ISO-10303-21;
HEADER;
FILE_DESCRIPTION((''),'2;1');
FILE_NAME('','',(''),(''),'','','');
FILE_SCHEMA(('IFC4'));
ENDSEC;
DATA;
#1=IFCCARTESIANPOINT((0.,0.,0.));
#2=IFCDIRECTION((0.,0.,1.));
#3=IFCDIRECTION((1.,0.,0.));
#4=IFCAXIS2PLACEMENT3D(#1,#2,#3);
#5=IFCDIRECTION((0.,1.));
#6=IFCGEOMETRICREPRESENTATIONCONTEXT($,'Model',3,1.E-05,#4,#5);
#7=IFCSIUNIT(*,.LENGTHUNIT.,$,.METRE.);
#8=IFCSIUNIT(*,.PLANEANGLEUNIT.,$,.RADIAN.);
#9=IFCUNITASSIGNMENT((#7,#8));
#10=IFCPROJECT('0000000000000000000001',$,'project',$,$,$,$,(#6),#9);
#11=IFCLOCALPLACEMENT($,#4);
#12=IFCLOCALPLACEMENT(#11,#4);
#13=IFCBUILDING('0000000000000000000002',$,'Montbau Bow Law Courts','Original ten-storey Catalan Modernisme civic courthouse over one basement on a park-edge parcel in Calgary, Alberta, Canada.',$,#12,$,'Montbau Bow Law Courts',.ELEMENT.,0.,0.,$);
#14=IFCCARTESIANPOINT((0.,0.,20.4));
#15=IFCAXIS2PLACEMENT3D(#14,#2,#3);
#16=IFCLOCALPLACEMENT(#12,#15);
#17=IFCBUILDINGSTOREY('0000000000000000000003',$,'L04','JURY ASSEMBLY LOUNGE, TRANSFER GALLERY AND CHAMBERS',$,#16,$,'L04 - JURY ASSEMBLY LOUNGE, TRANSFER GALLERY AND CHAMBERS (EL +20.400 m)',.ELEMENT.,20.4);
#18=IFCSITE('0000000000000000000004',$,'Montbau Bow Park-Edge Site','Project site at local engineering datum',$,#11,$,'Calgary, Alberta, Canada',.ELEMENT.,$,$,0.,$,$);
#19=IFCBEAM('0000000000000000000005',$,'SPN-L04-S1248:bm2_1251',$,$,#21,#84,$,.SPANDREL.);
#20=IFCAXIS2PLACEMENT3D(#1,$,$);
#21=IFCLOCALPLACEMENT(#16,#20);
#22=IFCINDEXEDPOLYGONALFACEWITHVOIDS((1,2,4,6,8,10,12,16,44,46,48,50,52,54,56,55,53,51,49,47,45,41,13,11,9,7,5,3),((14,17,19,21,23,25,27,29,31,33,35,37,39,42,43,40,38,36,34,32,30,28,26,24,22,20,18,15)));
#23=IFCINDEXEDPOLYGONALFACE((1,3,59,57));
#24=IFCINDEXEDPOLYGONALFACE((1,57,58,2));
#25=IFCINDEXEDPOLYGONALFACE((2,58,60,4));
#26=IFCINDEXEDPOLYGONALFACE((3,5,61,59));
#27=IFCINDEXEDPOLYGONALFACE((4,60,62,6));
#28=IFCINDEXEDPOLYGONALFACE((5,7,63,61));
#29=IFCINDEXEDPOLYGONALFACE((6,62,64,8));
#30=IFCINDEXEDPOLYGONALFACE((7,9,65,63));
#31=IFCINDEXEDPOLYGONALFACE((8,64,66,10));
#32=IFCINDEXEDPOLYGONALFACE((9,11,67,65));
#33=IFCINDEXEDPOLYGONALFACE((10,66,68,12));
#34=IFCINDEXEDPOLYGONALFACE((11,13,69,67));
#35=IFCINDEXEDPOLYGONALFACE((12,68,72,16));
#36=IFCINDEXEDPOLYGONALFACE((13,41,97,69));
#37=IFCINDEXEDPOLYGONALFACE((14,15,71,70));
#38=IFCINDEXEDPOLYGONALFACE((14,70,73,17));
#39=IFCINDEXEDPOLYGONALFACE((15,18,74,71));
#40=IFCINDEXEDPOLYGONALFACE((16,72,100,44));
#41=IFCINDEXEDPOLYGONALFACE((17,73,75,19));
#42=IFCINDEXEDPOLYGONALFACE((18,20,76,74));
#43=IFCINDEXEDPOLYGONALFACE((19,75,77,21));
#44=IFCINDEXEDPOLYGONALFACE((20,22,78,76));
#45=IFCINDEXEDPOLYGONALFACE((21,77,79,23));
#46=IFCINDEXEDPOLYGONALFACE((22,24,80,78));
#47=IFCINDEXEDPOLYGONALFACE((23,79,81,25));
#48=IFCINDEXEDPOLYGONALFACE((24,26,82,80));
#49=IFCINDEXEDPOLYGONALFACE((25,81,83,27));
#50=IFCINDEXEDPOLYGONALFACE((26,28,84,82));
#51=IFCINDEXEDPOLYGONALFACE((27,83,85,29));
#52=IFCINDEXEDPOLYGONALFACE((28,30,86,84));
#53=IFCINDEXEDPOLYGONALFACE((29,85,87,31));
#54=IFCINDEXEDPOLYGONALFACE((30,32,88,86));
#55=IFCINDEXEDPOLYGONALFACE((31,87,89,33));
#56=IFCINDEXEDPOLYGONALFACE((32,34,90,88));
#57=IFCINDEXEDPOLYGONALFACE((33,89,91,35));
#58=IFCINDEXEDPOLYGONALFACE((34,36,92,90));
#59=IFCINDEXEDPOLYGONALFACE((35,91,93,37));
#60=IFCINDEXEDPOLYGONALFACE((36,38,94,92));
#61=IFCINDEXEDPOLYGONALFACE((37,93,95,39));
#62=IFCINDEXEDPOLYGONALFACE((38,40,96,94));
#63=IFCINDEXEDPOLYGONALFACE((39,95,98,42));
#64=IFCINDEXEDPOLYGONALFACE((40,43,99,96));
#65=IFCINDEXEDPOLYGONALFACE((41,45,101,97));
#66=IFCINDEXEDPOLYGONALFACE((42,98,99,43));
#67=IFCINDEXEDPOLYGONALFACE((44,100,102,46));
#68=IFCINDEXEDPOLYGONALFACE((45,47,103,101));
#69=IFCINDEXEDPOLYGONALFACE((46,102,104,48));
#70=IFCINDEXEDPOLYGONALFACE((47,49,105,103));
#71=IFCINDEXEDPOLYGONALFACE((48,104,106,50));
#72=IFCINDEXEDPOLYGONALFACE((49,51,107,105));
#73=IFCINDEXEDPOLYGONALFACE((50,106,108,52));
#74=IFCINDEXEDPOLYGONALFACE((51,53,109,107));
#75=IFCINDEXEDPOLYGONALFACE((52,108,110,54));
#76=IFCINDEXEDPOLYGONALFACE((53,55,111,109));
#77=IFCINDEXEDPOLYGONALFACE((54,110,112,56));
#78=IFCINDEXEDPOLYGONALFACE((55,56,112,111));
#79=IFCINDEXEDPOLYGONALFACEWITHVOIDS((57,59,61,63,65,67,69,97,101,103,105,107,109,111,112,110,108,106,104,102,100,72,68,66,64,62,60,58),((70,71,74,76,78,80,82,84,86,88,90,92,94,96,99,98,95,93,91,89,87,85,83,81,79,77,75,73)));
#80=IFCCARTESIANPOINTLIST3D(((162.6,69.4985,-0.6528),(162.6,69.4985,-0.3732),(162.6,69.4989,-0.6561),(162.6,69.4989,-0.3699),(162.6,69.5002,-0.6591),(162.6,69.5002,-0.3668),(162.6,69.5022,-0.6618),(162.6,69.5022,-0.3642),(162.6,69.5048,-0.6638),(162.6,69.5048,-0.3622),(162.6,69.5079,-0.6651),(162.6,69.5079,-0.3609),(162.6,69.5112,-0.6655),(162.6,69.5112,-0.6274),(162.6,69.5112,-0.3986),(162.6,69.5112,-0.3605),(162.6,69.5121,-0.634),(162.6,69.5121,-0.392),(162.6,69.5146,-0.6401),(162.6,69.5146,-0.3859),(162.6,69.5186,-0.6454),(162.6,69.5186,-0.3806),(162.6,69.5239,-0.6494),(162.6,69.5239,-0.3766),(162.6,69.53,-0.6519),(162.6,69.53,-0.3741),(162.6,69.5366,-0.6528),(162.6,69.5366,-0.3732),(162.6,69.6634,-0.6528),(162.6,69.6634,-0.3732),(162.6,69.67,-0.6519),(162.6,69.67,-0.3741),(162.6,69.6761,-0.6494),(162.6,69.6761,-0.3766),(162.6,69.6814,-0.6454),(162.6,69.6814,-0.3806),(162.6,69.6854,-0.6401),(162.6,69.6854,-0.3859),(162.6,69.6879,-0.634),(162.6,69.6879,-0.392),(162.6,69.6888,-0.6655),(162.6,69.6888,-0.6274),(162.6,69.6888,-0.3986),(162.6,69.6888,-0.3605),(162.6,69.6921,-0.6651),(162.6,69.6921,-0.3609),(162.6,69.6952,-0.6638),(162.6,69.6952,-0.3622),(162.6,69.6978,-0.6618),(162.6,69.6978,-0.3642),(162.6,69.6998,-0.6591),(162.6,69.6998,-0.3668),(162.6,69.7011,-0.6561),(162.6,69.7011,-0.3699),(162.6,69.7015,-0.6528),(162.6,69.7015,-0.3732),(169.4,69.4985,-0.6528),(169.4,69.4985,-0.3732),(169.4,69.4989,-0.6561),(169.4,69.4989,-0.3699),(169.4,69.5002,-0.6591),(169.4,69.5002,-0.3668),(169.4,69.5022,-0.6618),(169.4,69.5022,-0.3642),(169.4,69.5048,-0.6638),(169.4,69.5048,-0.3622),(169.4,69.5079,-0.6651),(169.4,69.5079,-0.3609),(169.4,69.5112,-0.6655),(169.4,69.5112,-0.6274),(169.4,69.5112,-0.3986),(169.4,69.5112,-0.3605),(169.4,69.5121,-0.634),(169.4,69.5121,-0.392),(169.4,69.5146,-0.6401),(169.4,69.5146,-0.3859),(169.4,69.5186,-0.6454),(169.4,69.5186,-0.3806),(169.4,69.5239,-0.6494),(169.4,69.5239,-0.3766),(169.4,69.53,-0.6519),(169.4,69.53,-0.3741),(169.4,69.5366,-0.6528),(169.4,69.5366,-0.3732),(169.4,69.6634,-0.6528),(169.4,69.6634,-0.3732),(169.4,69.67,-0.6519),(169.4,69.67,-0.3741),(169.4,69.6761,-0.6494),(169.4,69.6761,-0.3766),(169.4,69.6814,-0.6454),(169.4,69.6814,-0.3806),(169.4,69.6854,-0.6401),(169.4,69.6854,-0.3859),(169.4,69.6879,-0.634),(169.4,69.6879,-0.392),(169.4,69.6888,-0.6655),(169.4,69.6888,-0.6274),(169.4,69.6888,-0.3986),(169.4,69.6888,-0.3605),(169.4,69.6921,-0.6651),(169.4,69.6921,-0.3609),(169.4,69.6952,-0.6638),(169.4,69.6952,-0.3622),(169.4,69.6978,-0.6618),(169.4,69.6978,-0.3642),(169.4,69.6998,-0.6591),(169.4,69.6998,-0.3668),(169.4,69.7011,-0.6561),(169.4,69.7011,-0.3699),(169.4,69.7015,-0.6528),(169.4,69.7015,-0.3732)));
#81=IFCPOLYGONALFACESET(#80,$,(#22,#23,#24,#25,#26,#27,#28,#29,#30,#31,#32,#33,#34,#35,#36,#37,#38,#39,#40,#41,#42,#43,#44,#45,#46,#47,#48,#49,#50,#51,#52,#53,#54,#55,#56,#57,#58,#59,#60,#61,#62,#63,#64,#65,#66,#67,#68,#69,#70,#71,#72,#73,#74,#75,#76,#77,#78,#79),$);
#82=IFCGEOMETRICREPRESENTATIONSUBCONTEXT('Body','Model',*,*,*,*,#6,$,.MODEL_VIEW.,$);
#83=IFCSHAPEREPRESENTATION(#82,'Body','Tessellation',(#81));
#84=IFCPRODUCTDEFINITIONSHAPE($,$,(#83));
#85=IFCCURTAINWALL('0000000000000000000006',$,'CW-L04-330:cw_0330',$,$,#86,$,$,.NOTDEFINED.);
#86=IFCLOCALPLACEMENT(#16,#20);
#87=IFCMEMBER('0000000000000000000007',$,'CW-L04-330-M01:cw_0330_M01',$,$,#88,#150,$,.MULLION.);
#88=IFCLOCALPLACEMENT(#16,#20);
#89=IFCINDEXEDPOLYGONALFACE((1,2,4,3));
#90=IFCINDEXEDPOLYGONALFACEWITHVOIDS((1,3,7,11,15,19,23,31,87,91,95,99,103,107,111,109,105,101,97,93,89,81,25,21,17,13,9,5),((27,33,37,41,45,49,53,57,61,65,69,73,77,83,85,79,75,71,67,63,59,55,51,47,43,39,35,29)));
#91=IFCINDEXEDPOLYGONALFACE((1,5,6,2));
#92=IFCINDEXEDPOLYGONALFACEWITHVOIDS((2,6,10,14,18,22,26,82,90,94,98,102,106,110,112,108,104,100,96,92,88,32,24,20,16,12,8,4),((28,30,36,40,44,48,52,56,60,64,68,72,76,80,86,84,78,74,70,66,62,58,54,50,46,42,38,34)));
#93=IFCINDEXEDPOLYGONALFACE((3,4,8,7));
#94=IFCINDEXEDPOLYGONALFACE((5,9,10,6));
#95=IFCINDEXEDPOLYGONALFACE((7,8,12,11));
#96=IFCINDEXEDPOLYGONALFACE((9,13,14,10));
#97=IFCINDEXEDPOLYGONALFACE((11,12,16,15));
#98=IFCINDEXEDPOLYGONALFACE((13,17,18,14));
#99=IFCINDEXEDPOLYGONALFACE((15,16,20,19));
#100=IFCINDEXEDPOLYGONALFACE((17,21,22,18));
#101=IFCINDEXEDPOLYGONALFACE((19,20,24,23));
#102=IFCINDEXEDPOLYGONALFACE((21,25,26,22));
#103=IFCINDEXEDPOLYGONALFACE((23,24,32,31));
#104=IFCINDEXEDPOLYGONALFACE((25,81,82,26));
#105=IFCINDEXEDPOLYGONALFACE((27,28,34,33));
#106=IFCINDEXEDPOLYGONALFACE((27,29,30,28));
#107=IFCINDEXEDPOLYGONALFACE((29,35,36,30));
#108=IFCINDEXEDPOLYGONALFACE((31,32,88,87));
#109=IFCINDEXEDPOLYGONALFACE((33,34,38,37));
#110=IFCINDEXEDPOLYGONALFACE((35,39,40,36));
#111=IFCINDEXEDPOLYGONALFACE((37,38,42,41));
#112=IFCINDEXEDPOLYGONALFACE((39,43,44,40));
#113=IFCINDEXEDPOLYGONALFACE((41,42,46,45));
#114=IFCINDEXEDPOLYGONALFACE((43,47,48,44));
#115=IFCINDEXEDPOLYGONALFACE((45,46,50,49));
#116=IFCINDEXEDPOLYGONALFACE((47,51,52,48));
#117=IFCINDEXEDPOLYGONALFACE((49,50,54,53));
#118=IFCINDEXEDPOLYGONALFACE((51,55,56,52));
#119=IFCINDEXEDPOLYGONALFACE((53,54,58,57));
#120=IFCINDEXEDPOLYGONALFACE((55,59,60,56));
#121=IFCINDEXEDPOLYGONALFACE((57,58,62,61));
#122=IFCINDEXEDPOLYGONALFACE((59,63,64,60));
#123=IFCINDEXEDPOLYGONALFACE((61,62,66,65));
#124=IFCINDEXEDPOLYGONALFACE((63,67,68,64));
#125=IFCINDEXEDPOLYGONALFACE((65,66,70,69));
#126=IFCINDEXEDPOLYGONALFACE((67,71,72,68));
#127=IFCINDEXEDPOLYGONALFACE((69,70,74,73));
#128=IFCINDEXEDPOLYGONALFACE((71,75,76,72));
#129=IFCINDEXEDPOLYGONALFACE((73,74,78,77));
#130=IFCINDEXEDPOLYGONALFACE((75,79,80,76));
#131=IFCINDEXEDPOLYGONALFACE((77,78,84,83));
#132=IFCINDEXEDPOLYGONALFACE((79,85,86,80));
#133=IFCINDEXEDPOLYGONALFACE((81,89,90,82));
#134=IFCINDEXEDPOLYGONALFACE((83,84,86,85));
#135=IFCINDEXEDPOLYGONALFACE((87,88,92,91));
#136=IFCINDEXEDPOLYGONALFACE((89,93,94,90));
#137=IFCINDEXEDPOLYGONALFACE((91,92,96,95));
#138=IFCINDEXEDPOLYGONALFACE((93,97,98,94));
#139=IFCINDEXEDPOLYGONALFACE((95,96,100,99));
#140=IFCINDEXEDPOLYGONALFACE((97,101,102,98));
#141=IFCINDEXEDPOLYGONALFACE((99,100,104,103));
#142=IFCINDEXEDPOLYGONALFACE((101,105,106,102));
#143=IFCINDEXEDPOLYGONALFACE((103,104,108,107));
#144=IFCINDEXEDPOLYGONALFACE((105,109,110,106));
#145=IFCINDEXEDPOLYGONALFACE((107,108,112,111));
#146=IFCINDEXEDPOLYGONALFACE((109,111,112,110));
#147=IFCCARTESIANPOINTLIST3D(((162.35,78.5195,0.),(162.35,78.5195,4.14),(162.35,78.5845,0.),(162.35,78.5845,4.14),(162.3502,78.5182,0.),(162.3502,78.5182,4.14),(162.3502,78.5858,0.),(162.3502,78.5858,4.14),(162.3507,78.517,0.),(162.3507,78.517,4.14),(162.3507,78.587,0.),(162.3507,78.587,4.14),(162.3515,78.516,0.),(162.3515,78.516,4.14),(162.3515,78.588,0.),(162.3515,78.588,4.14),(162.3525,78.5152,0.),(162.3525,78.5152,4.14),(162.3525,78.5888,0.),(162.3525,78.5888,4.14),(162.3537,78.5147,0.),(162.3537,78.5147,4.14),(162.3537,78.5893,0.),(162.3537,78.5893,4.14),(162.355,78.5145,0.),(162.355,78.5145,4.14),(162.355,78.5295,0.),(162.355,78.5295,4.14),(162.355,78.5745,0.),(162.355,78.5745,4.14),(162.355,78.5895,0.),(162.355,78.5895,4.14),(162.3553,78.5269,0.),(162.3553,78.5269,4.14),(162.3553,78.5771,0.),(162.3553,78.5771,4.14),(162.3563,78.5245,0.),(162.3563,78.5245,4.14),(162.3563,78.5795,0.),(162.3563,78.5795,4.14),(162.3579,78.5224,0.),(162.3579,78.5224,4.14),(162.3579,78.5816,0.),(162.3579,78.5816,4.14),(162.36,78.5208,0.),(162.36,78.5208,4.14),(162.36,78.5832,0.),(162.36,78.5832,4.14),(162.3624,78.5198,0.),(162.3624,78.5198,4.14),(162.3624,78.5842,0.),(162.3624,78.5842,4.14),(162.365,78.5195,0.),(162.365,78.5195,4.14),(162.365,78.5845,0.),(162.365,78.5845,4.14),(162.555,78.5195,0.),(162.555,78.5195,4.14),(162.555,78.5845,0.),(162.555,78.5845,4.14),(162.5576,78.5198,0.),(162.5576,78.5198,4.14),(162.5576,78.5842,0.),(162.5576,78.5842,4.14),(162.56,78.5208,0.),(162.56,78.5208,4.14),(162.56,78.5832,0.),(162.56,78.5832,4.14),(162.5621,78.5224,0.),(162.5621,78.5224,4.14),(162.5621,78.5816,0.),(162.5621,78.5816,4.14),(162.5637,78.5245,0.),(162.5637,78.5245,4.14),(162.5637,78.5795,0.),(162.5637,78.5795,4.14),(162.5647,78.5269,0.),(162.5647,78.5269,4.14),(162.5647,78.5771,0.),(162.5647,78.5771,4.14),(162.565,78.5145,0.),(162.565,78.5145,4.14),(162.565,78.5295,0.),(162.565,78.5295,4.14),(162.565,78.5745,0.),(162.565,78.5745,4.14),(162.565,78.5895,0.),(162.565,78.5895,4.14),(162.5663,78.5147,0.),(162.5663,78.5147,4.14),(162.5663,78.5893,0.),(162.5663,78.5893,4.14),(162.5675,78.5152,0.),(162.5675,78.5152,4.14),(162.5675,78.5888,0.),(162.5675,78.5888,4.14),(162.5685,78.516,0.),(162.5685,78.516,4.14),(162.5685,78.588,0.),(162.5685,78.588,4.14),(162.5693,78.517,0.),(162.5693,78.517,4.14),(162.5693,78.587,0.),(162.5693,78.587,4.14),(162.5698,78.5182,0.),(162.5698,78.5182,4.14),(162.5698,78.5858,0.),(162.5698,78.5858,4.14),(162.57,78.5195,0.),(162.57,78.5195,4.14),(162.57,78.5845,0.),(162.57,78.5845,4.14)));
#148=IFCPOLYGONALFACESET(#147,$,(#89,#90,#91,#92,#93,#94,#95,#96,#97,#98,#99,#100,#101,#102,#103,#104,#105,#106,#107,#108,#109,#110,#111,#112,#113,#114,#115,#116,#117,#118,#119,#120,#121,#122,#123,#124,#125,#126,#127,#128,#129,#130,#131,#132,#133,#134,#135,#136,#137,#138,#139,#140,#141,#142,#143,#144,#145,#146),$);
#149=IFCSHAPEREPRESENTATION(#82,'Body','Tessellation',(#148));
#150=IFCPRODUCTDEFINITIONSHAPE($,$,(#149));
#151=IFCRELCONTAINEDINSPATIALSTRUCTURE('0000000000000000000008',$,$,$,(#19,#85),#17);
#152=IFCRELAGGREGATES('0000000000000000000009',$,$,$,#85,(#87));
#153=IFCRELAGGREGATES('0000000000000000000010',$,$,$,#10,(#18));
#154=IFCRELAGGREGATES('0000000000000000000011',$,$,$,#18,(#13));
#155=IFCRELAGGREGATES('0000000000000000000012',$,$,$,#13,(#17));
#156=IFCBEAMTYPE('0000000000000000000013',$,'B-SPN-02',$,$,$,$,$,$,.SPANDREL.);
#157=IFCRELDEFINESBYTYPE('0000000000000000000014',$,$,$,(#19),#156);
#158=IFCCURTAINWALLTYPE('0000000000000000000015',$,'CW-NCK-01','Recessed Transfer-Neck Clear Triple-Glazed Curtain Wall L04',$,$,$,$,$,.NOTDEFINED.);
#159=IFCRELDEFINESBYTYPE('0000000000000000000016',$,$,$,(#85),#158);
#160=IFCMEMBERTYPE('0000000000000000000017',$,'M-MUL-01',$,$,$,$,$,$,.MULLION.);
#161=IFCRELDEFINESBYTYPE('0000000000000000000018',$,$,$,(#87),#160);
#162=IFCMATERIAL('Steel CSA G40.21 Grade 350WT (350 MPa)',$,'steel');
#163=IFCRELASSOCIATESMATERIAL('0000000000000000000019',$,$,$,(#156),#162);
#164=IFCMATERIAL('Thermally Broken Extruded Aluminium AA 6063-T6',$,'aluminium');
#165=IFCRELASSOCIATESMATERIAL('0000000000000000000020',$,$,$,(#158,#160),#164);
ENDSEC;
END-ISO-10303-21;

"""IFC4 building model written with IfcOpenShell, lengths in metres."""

from ifc_helpers import new_model, si_unit, direction, frame, origin_with_axes, origin_2d_with_axis, place, context, subcontext, project, spatial, hollow_rectangle, extrude, material, material_profile, profile_set, type_object, element, aggregate, save


model = new_model("IFC4")

# Units and contexts
model_context = context("Model", 3, precision=1e-05, world=origin_with_axes(), true_north=direction((0.0, 1.0)))
body_context = subcontext(model_context, "Body", "Model", "MODEL_VIEW")
ifc_project = project(units=[si_unit("LENGTHUNIT", "METRE"), si_unit("PLANEANGLEUNIT", "RADIAN")], contexts=[model_context])

# Site, building, storey
site_placement = place(None, origin_with_axes())
site = spatial("IfcSite", under=ifc_project, at=site_placement, Name="Montbau Bow Park-Edge Site", Description="Project site at local engineering datum", LongName="Calgary, Alberta, Canada", CompositionType="ELEMENT", RefElevation=0.0)
building_placement = place(site_placement, origin_with_axes())
building = spatial("IfcBuilding", under=site, at=building_placement, Name="Montbau Bow Law Courts", Description="Original ten-storey Catalan Modernisme civic courthouse over one basement on a park-edge parcel in Calgary, Alberta, Canada.", LongName="Montbau Bow Law Courts", CompositionType="ELEMENT", ElevationOfRefHeight=0.0, ElevationOfTerrain=0.0)
storey_placement = place(building_placement, frame((0.0, 0.0, 20.4), z_axis=(0.0, 0.0, 1.0), x_axis=(1.0, 0.0, 0.0)))
storey = spatial("IfcBuildingStorey", under=building, at=storey_placement, Name="L04", Description="JURY ASSEMBLY LOUNGE, TRANSFER GALLERY AND CHAMBERS", LongName="L04 - JURY ASSEMBLY LOUNGE, TRANSFER GALLERY AND CHAMBERS (EL +20.400 m)", CompositionType="ELEMENT", Elevation=20.4)

# Beam
ifc_material_1 = material(Name="Steel CSA G40.21 Grade 350WT (350 MPa)", Category="steel")
ifc_material_profile_1 = material_profile(ifc_material_1, hollow_rectangle(XDim=0.203, YDim=0.305, WallThickness=0.0127, InnerFilletRadius=0.0254, OuterFilletRadius=0.0127, at=origin_2d_with_axis()), Name="HSS305X203X13", Category="Main", Priority=0)
ifc_profile_set_1 = profile_set([ifc_material_profile_1], Name="Steel CSA G40.21 Grade 350WT (350 MPa)")
beam_type_1 = type_object("IfcBeamType", Name="B-SPN-02", PredefinedType="SPANDREL", material=ifc_profile_set_1)
beam_1_placement = place(None, frame((162.6, 69.6, 19.887), z_axis=(1.0, 0.0, 0.0), x_axis=(0.0, 1.0, 0.0)))
element("IfcBeam", 1, at=beam_1_placement, inside=storey, type_object=beam_type_1, Name="SPN-L04-S1248:bm2_1251", PredefinedType="SPANDREL", context=body_context, shape_type="SweptSolid", body=[
    extrude(hollow_rectangle(XDim=0.203, YDim=0.305, WallThickness=0.0127, InnerFilletRadius=0.0254, OuterFilletRadius=0.0127, at=origin_2d_with_axis()), origin_with_axes(), (0.0, 0.0, 1.0), 6.8),
])

# Curtain wall, member
ifc_material_2 = material(Name="Thermally Broken Extruded Aluminium AA 6063-T6", Category="aluminium")
curtain_wall_type = type_object("IfcCurtainWallType", Name="CW-NCK-01", Description="Recessed Transfer-Neck Clear Triple-Glazed Curtain Wall L04", PredefinedType="NOTDEFINED", material=ifc_material_2)
curtain_wall_1_placement = place(None, frame((162.46, 78.515, 20.4), z_axis=(0.0, 0.0, 1.0), x_axis=(1.0, 0.0, 0.0)))
curtain_wall_1 = element("IfcCurtainWall", 2, at=curtain_wall_1_placement, inside=storey, type_object=curtain_wall_type, Name="CW-L04-330:cw_0330", PredefinedType="NOTDEFINED")
ifc_material_profile_2 = material_profile(ifc_material_2, hollow_rectangle(XDim=0.075, YDim=0.22, WallThickness=0.005, InnerFilletRadius=0.01, OuterFilletRadius=0.005, at=origin_2d_with_axis()), Name="CWM-220X75", Category="Main", Priority=0)
ifc_profile_set_2 = profile_set([ifc_material_profile_2], Name="Thermally Broken Extruded Aluminium AA 6063-T6")
member_type_1 = type_object("IfcMemberType", Name="M-MUL-01", PredefinedType="MULLION", material=ifc_profile_set_2)
member_1_placement = place(None, frame((162.46, 78.552, 20.4), z_axis=(0.0, 0.0, 1.0), x_axis=(0.0, 1.0, 0.0)))
member_1 = element("IfcMember", 3, at=member_1_placement, type_object=member_type_1, Name="CW-L04-330-M01:cw_0330_M01", PredefinedType="MULLION", context=body_context, shape_type="SweptSolid", body=[
    extrude(hollow_rectangle(XDim=0.075, YDim=0.22, WallThickness=0.005, InnerFilletRadius=0.01, OuterFilletRadius=0.005, at=origin_2d_with_axis()), origin_with_axes(), (0.0, 0.0, 1.0), 4.14),
])

aggregate(curtain_wall_1, [member_1])

save(model, "model.ifc")
